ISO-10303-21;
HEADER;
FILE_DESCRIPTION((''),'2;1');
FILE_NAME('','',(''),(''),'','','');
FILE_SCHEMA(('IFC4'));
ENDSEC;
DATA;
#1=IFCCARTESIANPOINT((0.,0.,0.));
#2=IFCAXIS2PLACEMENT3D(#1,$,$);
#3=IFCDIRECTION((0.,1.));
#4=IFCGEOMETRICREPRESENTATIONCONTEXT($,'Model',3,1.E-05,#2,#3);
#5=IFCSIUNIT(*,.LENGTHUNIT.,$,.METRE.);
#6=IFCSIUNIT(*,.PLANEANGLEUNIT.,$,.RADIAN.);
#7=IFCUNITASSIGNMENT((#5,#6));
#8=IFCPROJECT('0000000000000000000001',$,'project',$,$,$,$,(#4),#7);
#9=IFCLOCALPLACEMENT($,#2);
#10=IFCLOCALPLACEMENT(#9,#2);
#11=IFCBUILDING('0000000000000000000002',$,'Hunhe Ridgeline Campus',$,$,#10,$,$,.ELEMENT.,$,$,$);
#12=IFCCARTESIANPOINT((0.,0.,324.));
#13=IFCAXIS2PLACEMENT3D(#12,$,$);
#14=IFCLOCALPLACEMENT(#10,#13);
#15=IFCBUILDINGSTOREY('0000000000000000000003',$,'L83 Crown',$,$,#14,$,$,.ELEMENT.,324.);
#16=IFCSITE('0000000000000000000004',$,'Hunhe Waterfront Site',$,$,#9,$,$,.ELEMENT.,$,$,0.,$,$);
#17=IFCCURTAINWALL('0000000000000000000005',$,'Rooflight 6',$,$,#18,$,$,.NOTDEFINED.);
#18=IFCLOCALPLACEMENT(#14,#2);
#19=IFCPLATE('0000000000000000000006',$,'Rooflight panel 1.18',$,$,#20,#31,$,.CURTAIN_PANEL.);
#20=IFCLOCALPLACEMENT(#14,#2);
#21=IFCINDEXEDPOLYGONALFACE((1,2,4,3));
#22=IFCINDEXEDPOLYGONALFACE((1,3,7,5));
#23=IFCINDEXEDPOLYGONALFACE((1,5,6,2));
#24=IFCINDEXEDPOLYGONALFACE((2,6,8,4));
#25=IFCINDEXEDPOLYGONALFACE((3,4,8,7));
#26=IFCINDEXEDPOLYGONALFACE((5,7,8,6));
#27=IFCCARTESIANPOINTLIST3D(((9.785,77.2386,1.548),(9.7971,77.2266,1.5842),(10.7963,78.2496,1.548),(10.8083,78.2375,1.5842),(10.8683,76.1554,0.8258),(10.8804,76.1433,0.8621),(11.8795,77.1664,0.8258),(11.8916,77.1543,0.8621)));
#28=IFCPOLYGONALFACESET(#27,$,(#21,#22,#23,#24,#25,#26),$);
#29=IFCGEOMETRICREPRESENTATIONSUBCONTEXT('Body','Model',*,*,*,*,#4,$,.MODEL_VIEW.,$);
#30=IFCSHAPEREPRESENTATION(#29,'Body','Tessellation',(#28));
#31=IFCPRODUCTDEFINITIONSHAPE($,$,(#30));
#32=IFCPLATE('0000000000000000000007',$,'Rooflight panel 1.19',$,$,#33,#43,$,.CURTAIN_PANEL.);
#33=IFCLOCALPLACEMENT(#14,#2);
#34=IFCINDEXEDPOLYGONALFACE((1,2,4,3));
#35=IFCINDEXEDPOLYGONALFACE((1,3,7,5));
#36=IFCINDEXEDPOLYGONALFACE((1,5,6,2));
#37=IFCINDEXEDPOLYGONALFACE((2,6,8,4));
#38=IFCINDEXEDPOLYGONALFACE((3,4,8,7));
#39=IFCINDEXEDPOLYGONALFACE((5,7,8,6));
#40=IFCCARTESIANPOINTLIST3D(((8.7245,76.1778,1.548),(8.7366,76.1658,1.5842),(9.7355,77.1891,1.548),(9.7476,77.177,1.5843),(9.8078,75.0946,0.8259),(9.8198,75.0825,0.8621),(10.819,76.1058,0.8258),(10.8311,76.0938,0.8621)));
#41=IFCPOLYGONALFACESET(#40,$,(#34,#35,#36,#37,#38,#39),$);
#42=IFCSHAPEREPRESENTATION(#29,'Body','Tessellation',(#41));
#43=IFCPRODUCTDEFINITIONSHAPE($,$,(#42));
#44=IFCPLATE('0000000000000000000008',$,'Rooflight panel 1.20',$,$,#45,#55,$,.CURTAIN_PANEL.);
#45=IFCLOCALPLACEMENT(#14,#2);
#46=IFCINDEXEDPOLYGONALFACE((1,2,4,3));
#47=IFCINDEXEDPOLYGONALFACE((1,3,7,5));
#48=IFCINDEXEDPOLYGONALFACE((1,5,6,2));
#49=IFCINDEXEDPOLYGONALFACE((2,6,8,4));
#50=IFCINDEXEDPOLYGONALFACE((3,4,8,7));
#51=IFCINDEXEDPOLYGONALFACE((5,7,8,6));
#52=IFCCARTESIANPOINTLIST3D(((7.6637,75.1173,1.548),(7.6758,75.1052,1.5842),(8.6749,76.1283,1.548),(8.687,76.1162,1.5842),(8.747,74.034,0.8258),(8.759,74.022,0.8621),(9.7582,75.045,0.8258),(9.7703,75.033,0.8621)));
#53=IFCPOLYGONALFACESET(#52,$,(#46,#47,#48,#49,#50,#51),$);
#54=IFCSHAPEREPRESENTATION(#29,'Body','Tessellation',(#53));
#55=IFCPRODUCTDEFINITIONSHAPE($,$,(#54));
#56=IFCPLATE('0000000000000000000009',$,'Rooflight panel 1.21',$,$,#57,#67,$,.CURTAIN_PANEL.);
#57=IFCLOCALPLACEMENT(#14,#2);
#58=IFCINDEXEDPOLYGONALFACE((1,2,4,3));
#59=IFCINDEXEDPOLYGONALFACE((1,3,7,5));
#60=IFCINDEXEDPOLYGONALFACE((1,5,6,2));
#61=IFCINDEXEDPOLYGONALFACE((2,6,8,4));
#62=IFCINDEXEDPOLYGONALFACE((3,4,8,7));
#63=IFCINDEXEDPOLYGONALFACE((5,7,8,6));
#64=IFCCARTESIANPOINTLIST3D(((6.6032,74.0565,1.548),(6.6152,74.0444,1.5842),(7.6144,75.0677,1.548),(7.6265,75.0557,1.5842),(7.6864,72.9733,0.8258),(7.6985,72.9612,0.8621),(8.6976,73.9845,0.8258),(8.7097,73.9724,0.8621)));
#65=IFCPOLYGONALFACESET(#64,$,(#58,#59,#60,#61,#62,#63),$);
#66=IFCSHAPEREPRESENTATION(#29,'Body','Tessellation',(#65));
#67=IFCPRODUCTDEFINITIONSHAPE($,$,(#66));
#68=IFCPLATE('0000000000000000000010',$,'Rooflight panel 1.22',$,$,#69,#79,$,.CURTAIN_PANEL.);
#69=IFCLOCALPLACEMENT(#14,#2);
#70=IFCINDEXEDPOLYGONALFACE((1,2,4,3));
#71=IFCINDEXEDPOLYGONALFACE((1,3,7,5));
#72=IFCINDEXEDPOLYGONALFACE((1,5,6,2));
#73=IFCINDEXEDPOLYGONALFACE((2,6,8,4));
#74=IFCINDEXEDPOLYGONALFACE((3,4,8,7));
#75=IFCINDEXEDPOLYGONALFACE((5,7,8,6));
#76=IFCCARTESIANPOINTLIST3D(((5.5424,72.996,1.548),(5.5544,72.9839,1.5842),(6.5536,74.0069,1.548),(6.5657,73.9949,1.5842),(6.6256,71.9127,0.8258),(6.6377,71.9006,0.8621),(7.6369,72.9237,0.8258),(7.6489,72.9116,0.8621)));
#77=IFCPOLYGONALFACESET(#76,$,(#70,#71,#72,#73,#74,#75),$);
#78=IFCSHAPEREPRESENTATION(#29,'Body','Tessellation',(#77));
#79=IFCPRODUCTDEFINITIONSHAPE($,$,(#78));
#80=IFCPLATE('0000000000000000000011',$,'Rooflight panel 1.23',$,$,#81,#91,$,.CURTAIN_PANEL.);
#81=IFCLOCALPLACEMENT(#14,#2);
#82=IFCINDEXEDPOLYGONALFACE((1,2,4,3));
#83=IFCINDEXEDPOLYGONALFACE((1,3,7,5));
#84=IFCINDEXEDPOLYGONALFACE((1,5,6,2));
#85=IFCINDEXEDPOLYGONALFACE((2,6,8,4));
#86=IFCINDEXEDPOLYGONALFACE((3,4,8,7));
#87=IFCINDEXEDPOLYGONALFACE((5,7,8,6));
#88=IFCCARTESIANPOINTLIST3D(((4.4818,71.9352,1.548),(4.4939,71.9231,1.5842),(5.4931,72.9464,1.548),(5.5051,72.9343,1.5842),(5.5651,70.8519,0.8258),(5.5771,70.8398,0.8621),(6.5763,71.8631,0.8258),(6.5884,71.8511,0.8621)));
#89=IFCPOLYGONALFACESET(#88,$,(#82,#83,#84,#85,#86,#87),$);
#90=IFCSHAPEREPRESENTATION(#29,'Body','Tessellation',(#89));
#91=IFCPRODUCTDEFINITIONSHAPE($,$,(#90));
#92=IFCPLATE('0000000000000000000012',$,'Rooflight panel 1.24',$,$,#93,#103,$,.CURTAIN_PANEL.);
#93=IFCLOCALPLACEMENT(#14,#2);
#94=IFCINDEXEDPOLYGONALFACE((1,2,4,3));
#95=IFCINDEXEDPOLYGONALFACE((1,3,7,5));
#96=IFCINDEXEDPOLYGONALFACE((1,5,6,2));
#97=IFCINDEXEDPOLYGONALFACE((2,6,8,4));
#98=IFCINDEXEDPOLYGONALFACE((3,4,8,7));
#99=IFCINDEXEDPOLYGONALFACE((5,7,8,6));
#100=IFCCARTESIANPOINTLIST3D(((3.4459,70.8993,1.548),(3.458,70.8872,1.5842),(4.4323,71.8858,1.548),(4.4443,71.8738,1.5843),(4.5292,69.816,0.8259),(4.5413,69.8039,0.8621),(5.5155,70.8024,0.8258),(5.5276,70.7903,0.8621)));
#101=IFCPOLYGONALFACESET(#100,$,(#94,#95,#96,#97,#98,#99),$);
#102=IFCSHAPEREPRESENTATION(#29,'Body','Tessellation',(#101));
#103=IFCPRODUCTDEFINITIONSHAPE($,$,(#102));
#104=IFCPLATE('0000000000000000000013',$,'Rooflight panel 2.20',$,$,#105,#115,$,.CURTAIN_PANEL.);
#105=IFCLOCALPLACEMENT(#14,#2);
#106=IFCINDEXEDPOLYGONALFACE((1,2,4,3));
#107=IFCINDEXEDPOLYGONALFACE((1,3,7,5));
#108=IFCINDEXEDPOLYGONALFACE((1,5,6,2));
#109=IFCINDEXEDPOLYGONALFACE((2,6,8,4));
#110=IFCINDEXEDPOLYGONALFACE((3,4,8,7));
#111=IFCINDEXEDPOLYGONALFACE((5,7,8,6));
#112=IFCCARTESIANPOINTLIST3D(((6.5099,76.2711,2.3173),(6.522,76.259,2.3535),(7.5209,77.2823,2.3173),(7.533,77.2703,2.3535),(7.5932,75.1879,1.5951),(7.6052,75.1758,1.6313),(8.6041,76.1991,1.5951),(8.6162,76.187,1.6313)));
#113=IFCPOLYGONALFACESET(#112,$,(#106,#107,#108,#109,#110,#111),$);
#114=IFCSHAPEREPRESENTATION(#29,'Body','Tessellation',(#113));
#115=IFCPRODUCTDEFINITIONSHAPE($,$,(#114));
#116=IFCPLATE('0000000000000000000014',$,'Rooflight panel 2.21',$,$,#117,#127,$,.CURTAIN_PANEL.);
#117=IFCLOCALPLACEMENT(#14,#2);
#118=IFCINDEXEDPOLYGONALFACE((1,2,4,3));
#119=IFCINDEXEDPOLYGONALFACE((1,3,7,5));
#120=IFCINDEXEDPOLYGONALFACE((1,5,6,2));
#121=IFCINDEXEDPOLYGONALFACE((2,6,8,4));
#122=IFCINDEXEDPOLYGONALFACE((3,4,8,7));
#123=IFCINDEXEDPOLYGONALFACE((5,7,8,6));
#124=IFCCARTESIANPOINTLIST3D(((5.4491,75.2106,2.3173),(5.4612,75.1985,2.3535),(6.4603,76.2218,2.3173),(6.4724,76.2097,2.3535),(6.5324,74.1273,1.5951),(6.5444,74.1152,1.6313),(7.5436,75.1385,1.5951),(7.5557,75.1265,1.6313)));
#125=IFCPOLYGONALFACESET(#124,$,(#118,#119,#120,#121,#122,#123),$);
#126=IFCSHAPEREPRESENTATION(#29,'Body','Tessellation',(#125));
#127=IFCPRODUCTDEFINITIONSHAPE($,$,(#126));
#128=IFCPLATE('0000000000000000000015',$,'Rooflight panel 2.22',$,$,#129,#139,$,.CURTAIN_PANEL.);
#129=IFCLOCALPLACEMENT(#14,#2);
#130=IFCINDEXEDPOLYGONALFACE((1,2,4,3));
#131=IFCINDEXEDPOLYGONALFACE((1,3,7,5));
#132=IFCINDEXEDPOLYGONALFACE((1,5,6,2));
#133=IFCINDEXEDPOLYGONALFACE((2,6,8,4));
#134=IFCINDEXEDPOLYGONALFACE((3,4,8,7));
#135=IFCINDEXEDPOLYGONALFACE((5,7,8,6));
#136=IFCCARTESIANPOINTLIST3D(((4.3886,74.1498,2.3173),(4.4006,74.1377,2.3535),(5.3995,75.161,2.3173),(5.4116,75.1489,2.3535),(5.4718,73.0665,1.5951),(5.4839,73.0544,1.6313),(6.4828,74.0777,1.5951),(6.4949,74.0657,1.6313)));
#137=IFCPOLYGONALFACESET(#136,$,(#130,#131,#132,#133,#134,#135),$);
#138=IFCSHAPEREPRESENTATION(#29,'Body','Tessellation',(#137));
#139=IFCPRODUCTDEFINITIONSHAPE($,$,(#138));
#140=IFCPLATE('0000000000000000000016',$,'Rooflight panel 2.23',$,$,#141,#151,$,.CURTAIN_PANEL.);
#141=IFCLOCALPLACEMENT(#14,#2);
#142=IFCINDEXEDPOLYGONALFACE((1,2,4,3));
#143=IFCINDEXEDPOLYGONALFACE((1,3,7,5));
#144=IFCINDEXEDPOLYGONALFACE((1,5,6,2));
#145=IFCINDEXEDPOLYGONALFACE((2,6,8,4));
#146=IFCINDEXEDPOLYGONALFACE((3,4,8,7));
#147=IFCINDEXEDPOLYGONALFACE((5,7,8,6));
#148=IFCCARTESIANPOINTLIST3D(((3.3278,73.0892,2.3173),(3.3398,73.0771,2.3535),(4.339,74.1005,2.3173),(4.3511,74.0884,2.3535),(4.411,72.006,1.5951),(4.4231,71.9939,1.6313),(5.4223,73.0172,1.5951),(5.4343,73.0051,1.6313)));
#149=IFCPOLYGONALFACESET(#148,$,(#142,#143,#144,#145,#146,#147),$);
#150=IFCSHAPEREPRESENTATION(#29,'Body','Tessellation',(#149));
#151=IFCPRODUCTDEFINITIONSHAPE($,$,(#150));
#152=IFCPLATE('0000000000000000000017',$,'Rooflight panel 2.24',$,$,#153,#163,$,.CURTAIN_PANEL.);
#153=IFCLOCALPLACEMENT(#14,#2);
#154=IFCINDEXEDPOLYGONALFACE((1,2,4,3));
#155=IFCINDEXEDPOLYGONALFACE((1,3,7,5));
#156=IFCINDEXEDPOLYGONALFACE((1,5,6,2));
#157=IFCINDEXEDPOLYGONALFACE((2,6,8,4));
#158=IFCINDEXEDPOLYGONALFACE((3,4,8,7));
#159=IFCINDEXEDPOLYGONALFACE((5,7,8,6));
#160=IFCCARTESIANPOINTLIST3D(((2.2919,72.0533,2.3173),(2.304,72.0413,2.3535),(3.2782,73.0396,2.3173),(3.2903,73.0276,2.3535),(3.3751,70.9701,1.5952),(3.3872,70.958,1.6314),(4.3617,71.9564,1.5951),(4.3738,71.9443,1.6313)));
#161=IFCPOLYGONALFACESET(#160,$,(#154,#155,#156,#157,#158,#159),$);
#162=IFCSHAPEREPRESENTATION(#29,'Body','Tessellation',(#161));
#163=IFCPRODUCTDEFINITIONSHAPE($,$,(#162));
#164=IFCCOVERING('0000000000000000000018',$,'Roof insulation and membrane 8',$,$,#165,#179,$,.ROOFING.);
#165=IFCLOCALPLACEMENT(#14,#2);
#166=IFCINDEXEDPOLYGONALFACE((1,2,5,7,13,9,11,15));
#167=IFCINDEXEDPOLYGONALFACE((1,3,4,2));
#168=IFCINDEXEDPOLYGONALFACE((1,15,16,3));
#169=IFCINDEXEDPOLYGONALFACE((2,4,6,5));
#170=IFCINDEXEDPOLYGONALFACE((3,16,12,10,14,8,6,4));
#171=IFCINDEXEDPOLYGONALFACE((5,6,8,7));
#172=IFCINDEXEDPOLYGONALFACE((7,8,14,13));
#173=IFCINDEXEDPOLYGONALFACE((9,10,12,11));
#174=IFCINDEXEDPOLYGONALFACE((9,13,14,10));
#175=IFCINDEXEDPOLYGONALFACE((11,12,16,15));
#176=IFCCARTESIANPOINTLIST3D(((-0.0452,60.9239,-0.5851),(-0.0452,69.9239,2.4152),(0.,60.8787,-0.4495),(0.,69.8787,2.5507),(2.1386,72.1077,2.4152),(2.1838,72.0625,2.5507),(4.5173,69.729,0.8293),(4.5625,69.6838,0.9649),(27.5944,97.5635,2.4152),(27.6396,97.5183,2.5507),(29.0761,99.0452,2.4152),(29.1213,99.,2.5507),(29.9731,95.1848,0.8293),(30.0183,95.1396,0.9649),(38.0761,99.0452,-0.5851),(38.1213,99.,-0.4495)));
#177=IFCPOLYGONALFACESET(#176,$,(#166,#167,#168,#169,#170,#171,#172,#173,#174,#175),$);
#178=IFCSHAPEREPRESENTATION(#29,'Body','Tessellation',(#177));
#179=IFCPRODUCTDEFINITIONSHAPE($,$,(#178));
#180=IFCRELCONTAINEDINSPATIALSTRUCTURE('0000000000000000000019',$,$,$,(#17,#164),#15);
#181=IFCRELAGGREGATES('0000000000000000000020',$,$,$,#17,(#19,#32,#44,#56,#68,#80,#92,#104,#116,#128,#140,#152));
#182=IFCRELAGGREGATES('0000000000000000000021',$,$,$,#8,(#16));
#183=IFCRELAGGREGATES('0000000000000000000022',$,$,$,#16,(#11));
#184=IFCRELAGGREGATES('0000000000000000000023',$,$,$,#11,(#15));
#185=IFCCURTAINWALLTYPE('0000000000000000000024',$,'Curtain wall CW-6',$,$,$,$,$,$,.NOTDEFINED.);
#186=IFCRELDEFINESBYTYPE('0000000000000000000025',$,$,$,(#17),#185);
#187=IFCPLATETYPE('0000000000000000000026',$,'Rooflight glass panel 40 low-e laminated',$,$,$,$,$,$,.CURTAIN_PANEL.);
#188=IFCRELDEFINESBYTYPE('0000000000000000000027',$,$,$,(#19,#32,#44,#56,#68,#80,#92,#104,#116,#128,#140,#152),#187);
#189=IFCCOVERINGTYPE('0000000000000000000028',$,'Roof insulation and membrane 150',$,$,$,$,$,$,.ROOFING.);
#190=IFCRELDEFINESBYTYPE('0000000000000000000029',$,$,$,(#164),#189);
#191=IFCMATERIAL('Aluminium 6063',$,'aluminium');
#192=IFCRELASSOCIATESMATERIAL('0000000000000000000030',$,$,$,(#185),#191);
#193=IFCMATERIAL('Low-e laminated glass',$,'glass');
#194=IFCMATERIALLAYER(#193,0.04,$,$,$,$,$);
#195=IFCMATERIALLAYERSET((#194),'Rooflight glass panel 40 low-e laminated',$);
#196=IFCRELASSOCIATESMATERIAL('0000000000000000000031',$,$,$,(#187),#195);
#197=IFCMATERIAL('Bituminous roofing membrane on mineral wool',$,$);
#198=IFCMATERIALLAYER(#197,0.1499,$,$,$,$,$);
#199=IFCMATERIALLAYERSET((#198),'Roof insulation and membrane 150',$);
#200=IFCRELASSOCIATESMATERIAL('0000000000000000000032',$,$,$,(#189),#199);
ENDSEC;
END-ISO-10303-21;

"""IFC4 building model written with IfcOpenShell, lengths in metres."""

from ifc_helpers import new_model, si_unit, direction, frame, origin, place, context, subcontext, project, spatial, polyline, outline, extrude, material, layer, layer_set, type_object, element, aggregate, save


model = new_model("IFC4")

# Units and contexts
model_context = context("Model", 3, precision=1e-05, world=origin(), true_north=direction((0.0, 1.0)))
body_context = subcontext(model_context, "Body", "Model", "MODEL_VIEW")
ifc_project = project(units=[si_unit("LENGTHUNIT", "METRE"), si_unit("PLANEANGLEUNIT", "RADIAN")], contexts=[model_context])

# Site, building, storey
site_placement = place(None, origin())
site = spatial("IfcSite", under=ifc_project, at=site_placement, Name="Hunhe Waterfront Site", CompositionType="ELEMENT", RefElevation=0.0)
building_placement = place(site_placement, origin())
building = spatial("IfcBuilding", under=site, at=building_placement, Name="Hunhe Ridgeline Campus", CompositionType="ELEMENT")
storey_placement = place(building_placement, frame((0.0, 0.0, 324.0)))
storey = spatial("IfcBuildingStorey", under=building, at=storey_placement, Name="L83 Crown", CompositionType="ELEMENT", Elevation=324.0)

# Curtain wall
ifc_material_1 = material(Name="Aluminium 6063", Category="aluminium")
curtain_wall_type = type_object("IfcCurtainWallType", Name="Curtain wall CW-6", PredefinedType="NOTDEFINED", material=ifc_material_1)
curtain_wall_placement = place(storey_placement, origin())
curtain_wall = element("IfcCurtainWall", 1, at=curtain_wall_placement, inside=storey, type_object=curtain_wall_type, Name="Rooflight 6", PredefinedType="NOTDEFINED")

# Plates
ifc_material_2 = material(Name="Low-e laminated glass", Category="glass")
ifc_layer_1 = layer(ifc_material_2, 0.04)
ifc_layer_set_1 = layer_set([ifc_layer_1], Name="Rooflight glass panel 40 low-e laminated")
plate_type = type_object("IfcPlateType", Name="Rooflight glass panel 40 low-e laminated", PredefinedType="CURTAIN_PANEL", material=ifc_layer_set_1)
plate_1_placement = place(storey_placement, frame((11.8916, 77.1543, 0.8621), z_axis=(0.301475, -0.301548, 0.904534), x_axis=(-0.639602, 0.639602, 0.426401)))
plate_1 = element("IfcPlate", 2, at=plate_1_placement, type_object=plate_type, Name="Rooflight panel 1.18", PredefinedType="CURTAIN_PANEL", context=body_context, shape_type="SweptSolid", body=[
    extrude(outline(polyline([(0.0, 0.0), (1.6936, 0.0), (1.6938, 1.4299), (0.0002, 1.4299), (0.0, 0.0)])), origin(), (0.0, 0.0, -1.0), 0.04),
])
plate_2_placement = place(storey_placement, frame((10.8311, 76.0938, 0.8621), z_axis=(0.301516, -0.301479, 0.904543), x_axis=(-0.639681, 0.639537, 0.426382)))
plate_2 = element("IfcPlate", 3, at=plate_2_placement, type_object=plate_type, Name="Rooflight panel 1.19", PredefinedType="CURTAIN_PANEL", context=body_context, shape_type="SweptSolid", body=[
    extrude(outline(polyline([(0.0, 0.0), (1.6938, 0.0), (1.6938, 1.4299), (0.0001, 1.4301), (0.0, 0.0)])), origin(), (0.0, 0.0, -1.0), 0.04),
])
plate_3_placement = place(storey_placement, frame((9.7703, 75.033, 0.8621), z_axis=(0.301475, -0.301548, 0.904534), x_axis=(-0.639602, 0.639602, 0.426401)))
plate_3 = element("IfcPlate", 4, at=plate_3_placement, type_object=plate_type, Name="Rooflight panel 1.20", PredefinedType="CURTAIN_PANEL", context=body_context, shape_type="SweptSolid", body=[
    extrude(outline(polyline([(0.0, 0.0), (1.6936, 0.0), (1.6938, 1.4299), (0.0002, 1.4299), (0.0, 0.0)])), origin(), (0.0, 0.0, -1.0), 0.04),
])
plate_4_placement = place(storey_placement, frame((8.7097, 73.9724, 0.8621), z_axis=(0.301511, -0.301511, 0.904534), x_axis=(-0.639602, 0.639602, 0.426401)))
plate_4 = element("IfcPlate", 5, at=plate_4_placement, type_object=plate_type, Name="Rooflight panel 1.21", PredefinedType="CURTAIN_PANEL", context=body_context, shape_type="SweptSolid", body=[
    extrude(outline(polyline([(0.0, 0.0), (1.6936, 0.0), (1.6936, 1.4301), (0.0, 1.4301), (0.0, 0.0)])), origin(), (0.0, 0.0, -1.0), 0.04),
])
plate_5_placement = place(storey_placement, frame((7.6489, 72.9116, 0.8621), z_axis=(0.301475, -0.301548, 0.904534), x_axis=(-0.639602, 0.639602, 0.426401)))
plate_5 = element("IfcPlate", 6, at=plate_5_placement, type_object=plate_type, Name="Rooflight panel 1.22", PredefinedType="CURTAIN_PANEL", context=body_context, shape_type="SweptSolid", body=[
    extrude(outline(polyline([(0.0, 0.0), (1.6936, 0.0), (1.6938, 1.4299), (0.0002, 1.4299), (0.0, 0.0)])), origin(), (0.0, 0.0, -1.0), 0.04),
])
plate_6_placement = place(storey_placement, frame((6.5884, 71.8511, 0.8621), z_axis=(0.301511, -0.301511, 0.904534), x_axis=(-0.639602, 0.639602, 0.426401)))
plate_6 = element("IfcPlate", 7, at=plate_6_placement, type_object=plate_type, Name="Rooflight panel 1.23", PredefinedType="CURTAIN_PANEL", context=body_context, shape_type="SweptSolid", body=[
    extrude(outline(polyline([(0.0, 0.0), (1.6936, 0.0), (1.6936, 1.4301), (0.0, 1.4301), (0.0, 0.0)])), origin(), (0.0, 0.0, -1.0), 0.04),
])
plate_7_placement = place(storey_placement, frame((5.5276, 70.7903, 0.8621), z_axis=(0.301516, -0.301479, 0.904543), x_axis=(-0.639537, 0.639681, 0.426382)))
plate_7 = element("IfcPlate", 8, at=plate_7_placement, type_object=plate_type, Name="Rooflight panel 1.24", PredefinedType="CURTAIN_PANEL", context=body_context, shape_type="SweptSolid", body=[
    extrude(outline(polyline([(0.0, 0.0), (1.6938, 0.0), (1.6935, 1.3951), (-0.0001, 1.3949), (0.0, 0.0)])), origin(), (0.0, 0.0, -1.0), 0.04),
])
plate_8_placement = place(storey_placement, frame((8.6162, 76.187, 1.6313), z_axis=(0.301548, -0.301475, 0.904534), x_axis=(-0.639602, 0.639602, 0.426401)))
plate_8 = element("IfcPlate", 9, at=plate_8_placement, type_object=plate_type, Name="Rooflight panel 2.20", PredefinedType="CURTAIN_PANEL", context=body_context, shape_type="SweptSolid", body=[
    extrude(outline(polyline([(0.0, 0.0), (1.6936, 0.0), (1.6935, 1.4299), (-0.0002, 1.4299), (0.0, 0.0)])), origin(), (0.0, 0.0, -1.0), 0.04),
])
plate_9_placement = place(storey_placement, frame((7.5557, 75.1265, 1.6313), z_axis=(0.301511, -0.301511, 0.904534), x_axis=(-0.639602, 0.639602, 0.426401)))
plate_9 = element("IfcPlate", 10, at=plate_9_placement, type_object=plate_type, Name="Rooflight panel 2.21", PredefinedType="CURTAIN_PANEL", context=body_context, shape_type="SweptSolid", body=[
    extrude(outline(polyline([(0.0, 0.0), (1.6936, 0.0), (1.6936, 1.4301), (0.0, 1.4301), (0.0, 0.0)])), origin(), (0.0, 0.0, -1.0), 0.04),
])
plate_10_placement = place(storey_placement, frame((6.4949, 74.0657, 1.6313), z_axis=(0.301548, -0.301475, 0.904534), x_axis=(-0.639602, 0.639602, 0.426401)))
plate_10 = element("IfcPlate", 11, at=plate_10_placement, type_object=plate_type, Name="Rooflight panel 2.22", PredefinedType="CURTAIN_PANEL", context=body_context, shape_type="SweptSolid", body=[
    extrude(outline(polyline([(0.0, 0.0), (1.6936, 0.0), (1.6935, 1.4299), (-0.0002, 1.4299), (0.0, 0.0)])), origin(), (0.0, 0.0, -1.0), 0.04),
])
plate_11_placement = place(storey_placement, frame((5.4343, 73.0051, 1.6313), z_axis=(0.301511, -0.301511, 0.904534), x_axis=(-0.639602, 0.639602, 0.426401)))
plate_11 = element("IfcPlate", 12, at=plate_11_placement, type_object=plate_type, Name="Rooflight panel 2.23", PredefinedType="CURTAIN_PANEL", context=body_context, shape_type="SweptSolid", body=[
    extrude(outline(polyline([(0.0, 0.0), (1.6936, 0.0), (1.6936, 1.4301), (0.0, 1.4301), (0.0, 0.0)])), origin(), (0.0, 0.0, -1.0), 0.04),
])
plate_12_placement = place(storey_placement, frame((4.3738, 71.9443, 1.6313), z_axis=(0.301479, -0.301516, 0.904543), x_axis=(-0.639681, 0.639537, 0.426382)))
plate_12 = element("IfcPlate", 13, at=plate_12_placement, type_object=plate_type, Name="Rooflight panel 2.24", PredefinedType="CURTAIN_PANEL", context=body_context, shape_type="SweptSolid", body=[
    extrude(outline(polyline([(0.0, 0.0), (1.6938, 0.0), (1.6939, 1.3949), (0.0003, 1.3951), (0.0, 0.0)])), origin(), (0.0, 0.0, -1.0), 0.04),
])
aggregate(curtain_wall, [plate_1, plate_2, plate_3, plate_4, plate_5, plate_6, plate_7, plate_8, plate_9, plate_10, plate_11, plate_12])

# Covering
ifc_material_3 = material(Name="Bituminous roofing membrane on mineral wool")
ifc_layer_2 = layer(ifc_material_3, 0.1499)
ifc_layer_set_2 = layer_set([ifc_layer_2], Name="Roof insulation and membrane 150")
covering_type = type_object("IfcCoveringType", Name="Roof insulation and membrane 150", PredefinedType="ROOFING", material=ifc_layer_set_2)
covering_placement = place(storey_placement, frame((0.0, 60.8787, -0.4495), z_axis=(0.301528, -0.301528, 0.904523), x_axis=(0.707107, 0.707107, 0.0)))
element("IfcCovering", 14, at=covering_placement, inside=storey, type_object=covering_type, Name="Roof insulation and membrane 8", PredefinedType="ROOFING", context=body_context, shape_type="SweptSolid", body=[
    extrude(outline(polyline([(0.0, 0.0), (53.9117, 0.0), (47.5478, 7.0357), (45.4523, 7.0357), (45.4523, 3.3167), (9.4524, 3.3167), (9.4524, 7.0357), (6.364, 7.0357), (0.0, 0.0)])), origin(), (0.0, 0.0, -1.0), 0.1499),
])

save(model, "model.ifc")
